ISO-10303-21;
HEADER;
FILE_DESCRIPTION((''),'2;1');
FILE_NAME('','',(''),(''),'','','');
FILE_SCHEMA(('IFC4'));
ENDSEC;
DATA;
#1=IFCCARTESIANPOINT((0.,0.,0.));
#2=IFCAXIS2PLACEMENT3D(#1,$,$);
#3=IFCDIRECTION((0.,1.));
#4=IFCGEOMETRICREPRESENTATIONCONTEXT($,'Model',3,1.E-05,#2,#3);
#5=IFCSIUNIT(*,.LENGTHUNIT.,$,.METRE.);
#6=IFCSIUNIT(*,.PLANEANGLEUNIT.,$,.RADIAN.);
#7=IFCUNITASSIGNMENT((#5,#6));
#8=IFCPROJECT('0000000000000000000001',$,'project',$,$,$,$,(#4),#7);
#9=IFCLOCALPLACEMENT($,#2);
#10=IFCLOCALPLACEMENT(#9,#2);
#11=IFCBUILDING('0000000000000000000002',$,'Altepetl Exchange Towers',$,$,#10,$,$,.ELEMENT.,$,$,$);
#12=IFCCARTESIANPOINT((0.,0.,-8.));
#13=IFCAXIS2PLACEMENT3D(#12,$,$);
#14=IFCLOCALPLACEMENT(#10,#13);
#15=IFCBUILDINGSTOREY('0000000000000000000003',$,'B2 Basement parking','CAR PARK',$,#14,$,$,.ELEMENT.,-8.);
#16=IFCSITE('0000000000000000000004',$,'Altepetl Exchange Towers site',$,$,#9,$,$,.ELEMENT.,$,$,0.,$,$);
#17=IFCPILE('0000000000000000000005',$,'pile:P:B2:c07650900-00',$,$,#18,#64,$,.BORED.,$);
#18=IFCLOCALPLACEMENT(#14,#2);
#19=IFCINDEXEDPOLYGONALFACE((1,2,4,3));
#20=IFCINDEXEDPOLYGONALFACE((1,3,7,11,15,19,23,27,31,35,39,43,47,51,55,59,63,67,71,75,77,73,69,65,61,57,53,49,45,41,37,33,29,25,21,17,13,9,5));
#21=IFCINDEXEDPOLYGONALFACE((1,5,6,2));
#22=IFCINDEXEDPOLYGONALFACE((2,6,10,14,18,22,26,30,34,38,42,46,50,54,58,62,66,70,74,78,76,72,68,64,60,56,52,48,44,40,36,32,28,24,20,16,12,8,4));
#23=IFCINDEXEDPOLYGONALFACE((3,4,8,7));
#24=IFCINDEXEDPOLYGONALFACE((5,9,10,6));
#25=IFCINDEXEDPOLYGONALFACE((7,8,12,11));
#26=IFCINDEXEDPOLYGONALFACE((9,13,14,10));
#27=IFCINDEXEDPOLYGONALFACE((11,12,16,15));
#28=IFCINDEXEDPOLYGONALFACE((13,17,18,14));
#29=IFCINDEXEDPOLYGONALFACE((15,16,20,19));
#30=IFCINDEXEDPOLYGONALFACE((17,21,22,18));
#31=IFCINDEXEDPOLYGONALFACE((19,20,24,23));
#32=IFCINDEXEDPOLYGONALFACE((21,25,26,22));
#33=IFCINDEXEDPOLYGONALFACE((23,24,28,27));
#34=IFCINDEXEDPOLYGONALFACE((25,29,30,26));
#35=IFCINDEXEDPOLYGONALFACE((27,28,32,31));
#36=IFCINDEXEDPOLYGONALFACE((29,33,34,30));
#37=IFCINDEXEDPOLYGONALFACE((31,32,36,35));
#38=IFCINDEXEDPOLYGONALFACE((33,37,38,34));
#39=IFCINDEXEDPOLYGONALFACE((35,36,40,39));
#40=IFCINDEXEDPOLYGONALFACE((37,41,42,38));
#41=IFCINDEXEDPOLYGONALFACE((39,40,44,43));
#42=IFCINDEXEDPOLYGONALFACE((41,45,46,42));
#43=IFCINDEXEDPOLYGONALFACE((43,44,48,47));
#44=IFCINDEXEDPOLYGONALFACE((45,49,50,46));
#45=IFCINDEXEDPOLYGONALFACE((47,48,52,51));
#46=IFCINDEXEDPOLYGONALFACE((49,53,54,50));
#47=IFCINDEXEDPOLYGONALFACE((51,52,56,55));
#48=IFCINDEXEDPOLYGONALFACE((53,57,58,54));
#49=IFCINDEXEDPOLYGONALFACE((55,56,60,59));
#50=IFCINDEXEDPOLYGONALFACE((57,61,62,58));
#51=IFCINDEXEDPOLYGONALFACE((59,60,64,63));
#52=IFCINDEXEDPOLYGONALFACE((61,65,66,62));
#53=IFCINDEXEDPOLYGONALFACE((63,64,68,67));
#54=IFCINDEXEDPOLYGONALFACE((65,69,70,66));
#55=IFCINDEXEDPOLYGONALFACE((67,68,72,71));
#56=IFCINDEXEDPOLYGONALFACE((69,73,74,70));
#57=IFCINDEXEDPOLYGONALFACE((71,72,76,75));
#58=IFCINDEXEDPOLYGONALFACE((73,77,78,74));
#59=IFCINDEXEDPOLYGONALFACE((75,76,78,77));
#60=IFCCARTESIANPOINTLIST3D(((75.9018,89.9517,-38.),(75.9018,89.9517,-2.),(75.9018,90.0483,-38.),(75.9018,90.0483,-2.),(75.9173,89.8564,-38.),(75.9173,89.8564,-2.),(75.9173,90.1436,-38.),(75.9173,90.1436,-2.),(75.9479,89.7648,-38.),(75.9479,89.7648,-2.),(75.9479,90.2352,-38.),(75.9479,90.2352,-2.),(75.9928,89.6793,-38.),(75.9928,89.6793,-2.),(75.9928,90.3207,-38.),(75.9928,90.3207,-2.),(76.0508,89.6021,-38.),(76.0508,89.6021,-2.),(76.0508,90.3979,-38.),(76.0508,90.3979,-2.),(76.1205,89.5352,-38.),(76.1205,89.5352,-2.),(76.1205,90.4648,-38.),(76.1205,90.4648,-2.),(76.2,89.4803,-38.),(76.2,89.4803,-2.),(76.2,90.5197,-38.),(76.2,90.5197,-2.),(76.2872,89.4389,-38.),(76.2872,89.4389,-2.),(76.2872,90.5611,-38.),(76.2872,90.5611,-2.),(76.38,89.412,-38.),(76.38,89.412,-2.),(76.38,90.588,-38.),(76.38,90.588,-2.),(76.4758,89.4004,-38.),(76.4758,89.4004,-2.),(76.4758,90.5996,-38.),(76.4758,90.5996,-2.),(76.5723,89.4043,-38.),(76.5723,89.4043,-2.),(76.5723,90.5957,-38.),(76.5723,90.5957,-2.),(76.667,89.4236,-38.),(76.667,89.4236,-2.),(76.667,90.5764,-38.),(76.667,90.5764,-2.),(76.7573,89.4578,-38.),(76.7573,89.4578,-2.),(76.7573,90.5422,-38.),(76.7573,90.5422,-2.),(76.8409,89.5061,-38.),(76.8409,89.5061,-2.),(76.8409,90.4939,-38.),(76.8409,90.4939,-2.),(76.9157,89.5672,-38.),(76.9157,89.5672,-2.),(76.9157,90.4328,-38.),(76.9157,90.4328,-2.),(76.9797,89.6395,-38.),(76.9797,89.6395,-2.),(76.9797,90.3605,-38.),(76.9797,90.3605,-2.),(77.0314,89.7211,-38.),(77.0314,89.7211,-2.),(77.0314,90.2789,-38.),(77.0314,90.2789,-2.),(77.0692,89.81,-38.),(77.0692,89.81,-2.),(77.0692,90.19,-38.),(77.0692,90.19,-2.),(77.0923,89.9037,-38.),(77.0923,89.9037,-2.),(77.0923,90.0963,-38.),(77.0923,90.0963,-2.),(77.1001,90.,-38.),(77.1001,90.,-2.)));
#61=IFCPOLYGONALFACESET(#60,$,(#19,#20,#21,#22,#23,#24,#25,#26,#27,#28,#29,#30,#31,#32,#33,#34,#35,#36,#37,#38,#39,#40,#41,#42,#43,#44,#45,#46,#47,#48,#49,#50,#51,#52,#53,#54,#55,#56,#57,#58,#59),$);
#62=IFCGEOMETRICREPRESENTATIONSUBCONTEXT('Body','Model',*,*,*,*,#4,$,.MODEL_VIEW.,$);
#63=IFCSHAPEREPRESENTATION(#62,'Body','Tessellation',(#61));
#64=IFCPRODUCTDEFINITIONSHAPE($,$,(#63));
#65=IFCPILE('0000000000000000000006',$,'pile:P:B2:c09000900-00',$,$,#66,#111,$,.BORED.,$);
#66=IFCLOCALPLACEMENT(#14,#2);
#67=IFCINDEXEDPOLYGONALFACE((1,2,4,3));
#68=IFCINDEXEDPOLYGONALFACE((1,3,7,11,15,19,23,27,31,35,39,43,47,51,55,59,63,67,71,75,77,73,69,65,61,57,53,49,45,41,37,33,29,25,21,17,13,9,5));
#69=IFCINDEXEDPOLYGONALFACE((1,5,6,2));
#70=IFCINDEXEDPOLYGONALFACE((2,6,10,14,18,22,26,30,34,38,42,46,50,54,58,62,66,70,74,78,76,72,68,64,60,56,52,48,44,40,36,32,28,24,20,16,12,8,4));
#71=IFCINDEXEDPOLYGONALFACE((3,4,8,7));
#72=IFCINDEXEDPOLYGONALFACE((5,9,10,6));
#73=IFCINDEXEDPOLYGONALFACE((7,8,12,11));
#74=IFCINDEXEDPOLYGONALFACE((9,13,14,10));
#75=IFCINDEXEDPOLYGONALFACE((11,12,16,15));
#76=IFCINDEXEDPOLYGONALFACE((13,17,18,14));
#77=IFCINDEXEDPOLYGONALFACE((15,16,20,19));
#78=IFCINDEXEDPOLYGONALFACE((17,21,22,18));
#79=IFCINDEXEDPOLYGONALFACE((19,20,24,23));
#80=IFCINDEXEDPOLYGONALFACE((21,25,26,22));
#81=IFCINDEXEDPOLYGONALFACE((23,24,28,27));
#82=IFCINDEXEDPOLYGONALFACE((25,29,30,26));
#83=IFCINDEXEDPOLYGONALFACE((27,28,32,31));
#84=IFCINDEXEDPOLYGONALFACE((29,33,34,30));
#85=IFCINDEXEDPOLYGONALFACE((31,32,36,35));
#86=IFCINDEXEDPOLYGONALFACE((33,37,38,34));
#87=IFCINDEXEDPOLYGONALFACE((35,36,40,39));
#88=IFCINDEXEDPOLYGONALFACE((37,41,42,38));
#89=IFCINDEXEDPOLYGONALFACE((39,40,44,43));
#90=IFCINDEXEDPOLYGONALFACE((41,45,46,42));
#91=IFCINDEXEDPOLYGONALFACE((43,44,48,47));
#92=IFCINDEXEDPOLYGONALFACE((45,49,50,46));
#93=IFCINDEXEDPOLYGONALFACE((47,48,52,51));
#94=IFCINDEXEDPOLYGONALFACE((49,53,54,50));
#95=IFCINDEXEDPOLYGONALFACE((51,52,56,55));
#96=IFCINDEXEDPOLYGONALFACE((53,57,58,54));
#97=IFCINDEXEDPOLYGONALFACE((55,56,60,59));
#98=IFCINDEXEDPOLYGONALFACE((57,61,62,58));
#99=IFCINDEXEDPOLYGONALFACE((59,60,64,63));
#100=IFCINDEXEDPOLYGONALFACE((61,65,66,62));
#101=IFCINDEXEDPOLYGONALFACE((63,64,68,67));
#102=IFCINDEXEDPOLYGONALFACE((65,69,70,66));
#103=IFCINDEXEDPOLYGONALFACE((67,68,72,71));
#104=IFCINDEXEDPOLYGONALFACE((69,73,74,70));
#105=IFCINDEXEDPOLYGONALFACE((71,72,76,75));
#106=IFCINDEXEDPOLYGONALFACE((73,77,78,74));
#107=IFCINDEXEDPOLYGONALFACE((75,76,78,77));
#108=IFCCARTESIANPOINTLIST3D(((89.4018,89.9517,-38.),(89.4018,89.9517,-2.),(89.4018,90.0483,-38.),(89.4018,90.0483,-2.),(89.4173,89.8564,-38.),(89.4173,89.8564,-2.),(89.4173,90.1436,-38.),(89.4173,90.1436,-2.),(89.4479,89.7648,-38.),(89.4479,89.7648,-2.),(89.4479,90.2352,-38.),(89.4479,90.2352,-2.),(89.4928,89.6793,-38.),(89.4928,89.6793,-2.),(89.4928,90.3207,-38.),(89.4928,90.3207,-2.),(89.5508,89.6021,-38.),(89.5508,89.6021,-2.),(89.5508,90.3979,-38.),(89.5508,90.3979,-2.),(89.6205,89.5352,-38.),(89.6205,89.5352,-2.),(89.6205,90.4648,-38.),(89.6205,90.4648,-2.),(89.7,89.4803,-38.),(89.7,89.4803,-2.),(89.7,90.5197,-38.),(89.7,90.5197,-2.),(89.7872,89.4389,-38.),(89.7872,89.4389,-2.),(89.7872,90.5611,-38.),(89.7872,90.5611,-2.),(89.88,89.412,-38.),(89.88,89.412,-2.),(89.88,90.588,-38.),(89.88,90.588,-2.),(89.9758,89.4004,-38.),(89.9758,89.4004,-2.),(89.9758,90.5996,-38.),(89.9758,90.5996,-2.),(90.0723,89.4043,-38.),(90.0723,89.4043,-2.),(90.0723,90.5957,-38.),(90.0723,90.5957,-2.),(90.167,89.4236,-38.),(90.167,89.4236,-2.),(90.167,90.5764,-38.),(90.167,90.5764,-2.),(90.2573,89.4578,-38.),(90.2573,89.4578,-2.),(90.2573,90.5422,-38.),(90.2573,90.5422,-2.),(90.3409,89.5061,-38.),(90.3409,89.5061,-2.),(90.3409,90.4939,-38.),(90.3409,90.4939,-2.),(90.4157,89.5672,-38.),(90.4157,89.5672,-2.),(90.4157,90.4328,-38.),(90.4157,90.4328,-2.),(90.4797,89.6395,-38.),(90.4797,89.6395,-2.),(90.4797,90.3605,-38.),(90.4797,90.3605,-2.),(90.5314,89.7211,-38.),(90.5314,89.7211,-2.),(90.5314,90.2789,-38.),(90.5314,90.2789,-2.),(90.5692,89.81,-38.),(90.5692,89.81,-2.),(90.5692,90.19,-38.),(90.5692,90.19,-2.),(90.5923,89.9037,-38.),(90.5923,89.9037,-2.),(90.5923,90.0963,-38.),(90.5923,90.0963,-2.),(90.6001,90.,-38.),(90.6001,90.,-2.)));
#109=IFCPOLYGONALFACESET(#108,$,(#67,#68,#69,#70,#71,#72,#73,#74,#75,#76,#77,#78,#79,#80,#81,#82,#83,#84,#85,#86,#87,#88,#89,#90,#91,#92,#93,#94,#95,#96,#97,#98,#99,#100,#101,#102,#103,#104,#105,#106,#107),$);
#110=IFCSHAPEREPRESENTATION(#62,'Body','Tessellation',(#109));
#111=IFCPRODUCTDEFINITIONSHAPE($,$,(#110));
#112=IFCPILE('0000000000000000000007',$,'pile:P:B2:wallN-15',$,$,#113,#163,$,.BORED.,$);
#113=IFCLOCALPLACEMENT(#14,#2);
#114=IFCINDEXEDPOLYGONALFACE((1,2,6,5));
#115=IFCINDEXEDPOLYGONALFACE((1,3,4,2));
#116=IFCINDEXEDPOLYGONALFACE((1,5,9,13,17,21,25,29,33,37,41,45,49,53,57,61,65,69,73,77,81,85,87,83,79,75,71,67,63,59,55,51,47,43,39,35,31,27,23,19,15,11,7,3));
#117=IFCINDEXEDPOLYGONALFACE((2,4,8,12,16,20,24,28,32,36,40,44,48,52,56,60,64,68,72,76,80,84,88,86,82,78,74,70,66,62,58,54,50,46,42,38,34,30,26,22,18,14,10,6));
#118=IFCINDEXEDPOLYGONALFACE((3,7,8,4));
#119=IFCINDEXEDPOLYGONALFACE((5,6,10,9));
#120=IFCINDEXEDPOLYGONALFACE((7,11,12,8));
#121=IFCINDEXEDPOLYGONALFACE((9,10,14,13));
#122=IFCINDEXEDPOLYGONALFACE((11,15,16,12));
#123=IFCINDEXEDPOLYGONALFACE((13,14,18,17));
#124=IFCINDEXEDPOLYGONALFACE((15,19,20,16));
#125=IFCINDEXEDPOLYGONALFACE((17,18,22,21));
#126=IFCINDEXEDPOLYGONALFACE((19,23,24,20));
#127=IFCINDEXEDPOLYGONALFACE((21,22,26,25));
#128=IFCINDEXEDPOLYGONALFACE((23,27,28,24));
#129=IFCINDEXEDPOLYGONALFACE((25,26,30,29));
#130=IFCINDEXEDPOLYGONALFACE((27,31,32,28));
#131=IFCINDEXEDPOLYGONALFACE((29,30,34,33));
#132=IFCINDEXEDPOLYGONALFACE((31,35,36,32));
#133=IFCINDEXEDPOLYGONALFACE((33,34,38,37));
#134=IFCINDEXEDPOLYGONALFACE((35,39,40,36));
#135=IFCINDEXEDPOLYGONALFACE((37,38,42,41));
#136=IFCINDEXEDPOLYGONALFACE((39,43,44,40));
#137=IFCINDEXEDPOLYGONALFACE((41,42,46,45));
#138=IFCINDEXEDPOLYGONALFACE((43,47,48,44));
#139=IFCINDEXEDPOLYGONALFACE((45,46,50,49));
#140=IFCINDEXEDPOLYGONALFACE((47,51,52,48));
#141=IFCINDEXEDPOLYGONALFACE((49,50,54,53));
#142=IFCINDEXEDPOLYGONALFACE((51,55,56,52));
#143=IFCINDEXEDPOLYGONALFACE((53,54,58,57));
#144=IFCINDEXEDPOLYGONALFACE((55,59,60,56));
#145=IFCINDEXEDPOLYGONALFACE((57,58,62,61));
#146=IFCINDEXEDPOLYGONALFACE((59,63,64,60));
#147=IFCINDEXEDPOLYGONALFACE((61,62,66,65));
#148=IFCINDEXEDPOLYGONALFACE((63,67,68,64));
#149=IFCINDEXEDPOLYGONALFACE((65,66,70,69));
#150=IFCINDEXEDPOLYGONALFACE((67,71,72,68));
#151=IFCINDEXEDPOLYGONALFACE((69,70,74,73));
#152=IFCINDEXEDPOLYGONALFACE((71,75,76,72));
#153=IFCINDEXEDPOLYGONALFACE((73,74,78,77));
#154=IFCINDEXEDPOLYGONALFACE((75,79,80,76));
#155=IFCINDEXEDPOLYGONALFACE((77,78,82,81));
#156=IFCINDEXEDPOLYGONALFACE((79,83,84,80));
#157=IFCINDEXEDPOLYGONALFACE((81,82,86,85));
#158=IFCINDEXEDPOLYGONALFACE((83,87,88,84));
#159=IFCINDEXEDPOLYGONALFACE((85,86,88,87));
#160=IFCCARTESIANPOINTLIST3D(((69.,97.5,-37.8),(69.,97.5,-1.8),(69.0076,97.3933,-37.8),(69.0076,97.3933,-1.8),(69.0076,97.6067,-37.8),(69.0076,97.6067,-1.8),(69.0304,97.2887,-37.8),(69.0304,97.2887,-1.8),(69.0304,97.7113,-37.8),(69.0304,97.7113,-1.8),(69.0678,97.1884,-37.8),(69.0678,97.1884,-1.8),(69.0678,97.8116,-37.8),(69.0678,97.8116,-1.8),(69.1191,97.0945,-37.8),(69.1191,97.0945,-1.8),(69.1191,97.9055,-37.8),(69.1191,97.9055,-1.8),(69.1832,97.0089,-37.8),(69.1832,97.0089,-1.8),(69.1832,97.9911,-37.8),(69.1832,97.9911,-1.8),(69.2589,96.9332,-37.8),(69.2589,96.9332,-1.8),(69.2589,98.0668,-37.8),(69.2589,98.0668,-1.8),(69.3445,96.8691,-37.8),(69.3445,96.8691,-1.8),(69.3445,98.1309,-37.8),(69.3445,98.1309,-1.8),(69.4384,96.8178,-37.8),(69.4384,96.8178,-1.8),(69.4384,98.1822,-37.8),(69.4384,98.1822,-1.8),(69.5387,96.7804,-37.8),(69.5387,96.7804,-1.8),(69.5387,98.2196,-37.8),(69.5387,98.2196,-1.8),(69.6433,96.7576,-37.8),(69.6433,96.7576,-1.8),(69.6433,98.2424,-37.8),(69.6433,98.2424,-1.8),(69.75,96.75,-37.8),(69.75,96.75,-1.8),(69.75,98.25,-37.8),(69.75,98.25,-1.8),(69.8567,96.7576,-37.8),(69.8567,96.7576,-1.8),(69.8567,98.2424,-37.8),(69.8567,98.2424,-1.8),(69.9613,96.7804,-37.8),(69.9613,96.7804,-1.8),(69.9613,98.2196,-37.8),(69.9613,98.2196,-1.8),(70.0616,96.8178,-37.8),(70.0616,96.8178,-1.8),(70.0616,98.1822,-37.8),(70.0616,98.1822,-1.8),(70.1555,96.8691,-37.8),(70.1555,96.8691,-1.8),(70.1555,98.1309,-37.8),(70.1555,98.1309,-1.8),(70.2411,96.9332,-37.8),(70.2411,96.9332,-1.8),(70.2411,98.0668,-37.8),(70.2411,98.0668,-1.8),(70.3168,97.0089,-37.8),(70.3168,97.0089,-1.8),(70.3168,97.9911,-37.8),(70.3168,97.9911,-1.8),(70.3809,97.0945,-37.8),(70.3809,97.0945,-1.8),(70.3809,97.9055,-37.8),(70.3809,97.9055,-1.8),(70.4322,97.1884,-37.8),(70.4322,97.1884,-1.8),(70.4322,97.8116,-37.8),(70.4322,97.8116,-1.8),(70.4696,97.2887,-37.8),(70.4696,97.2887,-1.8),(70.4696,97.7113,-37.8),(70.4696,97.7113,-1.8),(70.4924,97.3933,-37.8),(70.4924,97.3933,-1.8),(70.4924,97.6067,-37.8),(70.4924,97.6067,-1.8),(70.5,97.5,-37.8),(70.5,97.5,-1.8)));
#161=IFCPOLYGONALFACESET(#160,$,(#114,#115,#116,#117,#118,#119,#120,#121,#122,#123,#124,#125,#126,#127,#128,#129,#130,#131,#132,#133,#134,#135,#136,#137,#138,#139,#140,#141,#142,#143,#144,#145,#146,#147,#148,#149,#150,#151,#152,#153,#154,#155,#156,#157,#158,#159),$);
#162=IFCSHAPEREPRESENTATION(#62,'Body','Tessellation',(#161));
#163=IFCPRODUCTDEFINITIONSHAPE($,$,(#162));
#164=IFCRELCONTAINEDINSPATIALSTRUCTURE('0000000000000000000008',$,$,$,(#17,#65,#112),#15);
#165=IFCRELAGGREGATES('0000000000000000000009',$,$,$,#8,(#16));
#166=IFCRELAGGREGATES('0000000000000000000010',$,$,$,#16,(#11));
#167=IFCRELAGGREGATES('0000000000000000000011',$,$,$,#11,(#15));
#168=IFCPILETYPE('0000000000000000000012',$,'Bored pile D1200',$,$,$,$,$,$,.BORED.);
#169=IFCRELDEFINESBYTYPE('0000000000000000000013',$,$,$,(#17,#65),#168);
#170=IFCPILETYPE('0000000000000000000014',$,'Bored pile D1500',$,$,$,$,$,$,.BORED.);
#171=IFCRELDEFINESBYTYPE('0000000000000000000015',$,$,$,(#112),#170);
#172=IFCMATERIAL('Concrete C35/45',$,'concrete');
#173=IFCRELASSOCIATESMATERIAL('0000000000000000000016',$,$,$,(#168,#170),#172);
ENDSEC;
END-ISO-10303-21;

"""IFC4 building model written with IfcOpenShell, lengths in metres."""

from ifc_helpers import new_model, si_unit, direction, frame, origin, origin_2d, place, context, subcontext, project, spatial, circle, extrude, material, material_profile, profile_set, type_object, element, save


model = new_model("IFC4")

# Units and contexts
model_context = context("Model", 3, precision=1e-05, world=origin(), true_north=direction((0.0, 1.0)))
body_context = subcontext(model_context, "Body", "Model", "MODEL_VIEW")
ifc_project = project(units=[si_unit("LENGTHUNIT", "METRE"), si_unit("PLANEANGLEUNIT", "RADIAN")], contexts=[model_context])

# Site, building, storey
site_placement = place(None, origin())
site = spatial("IfcSite", under=ifc_project, at=site_placement, Name="Altepetl Exchange Towers site", CompositionType="ELEMENT", RefElevation=0.0)
building_placement = place(site_placement, origin())
building = spatial("IfcBuilding", under=site, at=building_placement, Name="Altepetl Exchange Towers", CompositionType="ELEMENT")
storey_placement = place(building_placement, frame((0.0, 0.0, -8.0)))
storey = spatial("IfcBuildingStorey", under=building, at=storey_placement, Name="B2 Basement parking", Description="CAR PARK", CompositionType="ELEMENT", Elevation=-8.0)

# Piles
ifc_material_1 = material(Name="Concrete C35/45", Category="concrete")
ifc_material_profile_1 = material_profile(ifc_material_1, circle(Radius=0.6001, at=origin_2d()), Name="D1200")
ifc_profile_set_1 = profile_set([ifc_material_profile_1], Name="Concrete C35/45")
pile_type_1 = type_object("IfcPileType", Name="Bored pile D1200", PredefinedType="BORED", material=ifc_profile_set_1)
for number, where, z_axis, x_axis, name in (
    (1, (76.5, 90.0, -2.0), (0.0, 0.0, -1.0), (1.0, 0.0, 0.0), "pile:P:B2:c07650900-00"),
    (2, (90.0, 90.0, -2.0), (0.0, 0.0, -1.0), (1.0, 0.0, 0.0), "pile:P:B2:c09000900-00"),
):
    element("IfcPile", number, at=place(storey_placement, frame(where, z_axis=z_axis, x_axis=x_axis)), inside=storey, type_object=pile_type_1, Name=name, PredefinedType="BORED", context=body_context, shape_type="SweptSolid", body=[
        extrude(circle(Radius=0.6001, at=origin_2d()), origin(), (0.0, 0.0, 1.0), 36.0),
    ])
ifc_material_profile_2 = material_profile(ifc_material_1, circle(Radius=0.75, at=origin_2d()), Name="D1500")
ifc_profile_set_2 = profile_set([ifc_material_profile_2], Name="Concrete C35/45")
pile_type_2 = type_object("IfcPileType", Name="Bored pile D1500", PredefinedType="BORED", material=ifc_profile_set_2)
for number, where, z_axis, x_axis, name in (
    (3, (69.75, 97.5, -1.8), (0.0, 0.0, -1.0), (1.0, 0.0, 0.0), "pile:P:B2:wallN-15"),
):
    element("IfcPile", number, at=place(storey_placement, frame(where, z_axis=z_axis, x_axis=x_axis)), inside=storey, type_object=pile_type_2, Name=name, PredefinedType="BORED", context=body_context, shape_type="SweptSolid", body=[
        extrude(circle(Radius=0.75, at=origin_2d()), origin(), (0.0, 0.0, 1.0), 36.0),
    ])

save(model, "model.ifc")
